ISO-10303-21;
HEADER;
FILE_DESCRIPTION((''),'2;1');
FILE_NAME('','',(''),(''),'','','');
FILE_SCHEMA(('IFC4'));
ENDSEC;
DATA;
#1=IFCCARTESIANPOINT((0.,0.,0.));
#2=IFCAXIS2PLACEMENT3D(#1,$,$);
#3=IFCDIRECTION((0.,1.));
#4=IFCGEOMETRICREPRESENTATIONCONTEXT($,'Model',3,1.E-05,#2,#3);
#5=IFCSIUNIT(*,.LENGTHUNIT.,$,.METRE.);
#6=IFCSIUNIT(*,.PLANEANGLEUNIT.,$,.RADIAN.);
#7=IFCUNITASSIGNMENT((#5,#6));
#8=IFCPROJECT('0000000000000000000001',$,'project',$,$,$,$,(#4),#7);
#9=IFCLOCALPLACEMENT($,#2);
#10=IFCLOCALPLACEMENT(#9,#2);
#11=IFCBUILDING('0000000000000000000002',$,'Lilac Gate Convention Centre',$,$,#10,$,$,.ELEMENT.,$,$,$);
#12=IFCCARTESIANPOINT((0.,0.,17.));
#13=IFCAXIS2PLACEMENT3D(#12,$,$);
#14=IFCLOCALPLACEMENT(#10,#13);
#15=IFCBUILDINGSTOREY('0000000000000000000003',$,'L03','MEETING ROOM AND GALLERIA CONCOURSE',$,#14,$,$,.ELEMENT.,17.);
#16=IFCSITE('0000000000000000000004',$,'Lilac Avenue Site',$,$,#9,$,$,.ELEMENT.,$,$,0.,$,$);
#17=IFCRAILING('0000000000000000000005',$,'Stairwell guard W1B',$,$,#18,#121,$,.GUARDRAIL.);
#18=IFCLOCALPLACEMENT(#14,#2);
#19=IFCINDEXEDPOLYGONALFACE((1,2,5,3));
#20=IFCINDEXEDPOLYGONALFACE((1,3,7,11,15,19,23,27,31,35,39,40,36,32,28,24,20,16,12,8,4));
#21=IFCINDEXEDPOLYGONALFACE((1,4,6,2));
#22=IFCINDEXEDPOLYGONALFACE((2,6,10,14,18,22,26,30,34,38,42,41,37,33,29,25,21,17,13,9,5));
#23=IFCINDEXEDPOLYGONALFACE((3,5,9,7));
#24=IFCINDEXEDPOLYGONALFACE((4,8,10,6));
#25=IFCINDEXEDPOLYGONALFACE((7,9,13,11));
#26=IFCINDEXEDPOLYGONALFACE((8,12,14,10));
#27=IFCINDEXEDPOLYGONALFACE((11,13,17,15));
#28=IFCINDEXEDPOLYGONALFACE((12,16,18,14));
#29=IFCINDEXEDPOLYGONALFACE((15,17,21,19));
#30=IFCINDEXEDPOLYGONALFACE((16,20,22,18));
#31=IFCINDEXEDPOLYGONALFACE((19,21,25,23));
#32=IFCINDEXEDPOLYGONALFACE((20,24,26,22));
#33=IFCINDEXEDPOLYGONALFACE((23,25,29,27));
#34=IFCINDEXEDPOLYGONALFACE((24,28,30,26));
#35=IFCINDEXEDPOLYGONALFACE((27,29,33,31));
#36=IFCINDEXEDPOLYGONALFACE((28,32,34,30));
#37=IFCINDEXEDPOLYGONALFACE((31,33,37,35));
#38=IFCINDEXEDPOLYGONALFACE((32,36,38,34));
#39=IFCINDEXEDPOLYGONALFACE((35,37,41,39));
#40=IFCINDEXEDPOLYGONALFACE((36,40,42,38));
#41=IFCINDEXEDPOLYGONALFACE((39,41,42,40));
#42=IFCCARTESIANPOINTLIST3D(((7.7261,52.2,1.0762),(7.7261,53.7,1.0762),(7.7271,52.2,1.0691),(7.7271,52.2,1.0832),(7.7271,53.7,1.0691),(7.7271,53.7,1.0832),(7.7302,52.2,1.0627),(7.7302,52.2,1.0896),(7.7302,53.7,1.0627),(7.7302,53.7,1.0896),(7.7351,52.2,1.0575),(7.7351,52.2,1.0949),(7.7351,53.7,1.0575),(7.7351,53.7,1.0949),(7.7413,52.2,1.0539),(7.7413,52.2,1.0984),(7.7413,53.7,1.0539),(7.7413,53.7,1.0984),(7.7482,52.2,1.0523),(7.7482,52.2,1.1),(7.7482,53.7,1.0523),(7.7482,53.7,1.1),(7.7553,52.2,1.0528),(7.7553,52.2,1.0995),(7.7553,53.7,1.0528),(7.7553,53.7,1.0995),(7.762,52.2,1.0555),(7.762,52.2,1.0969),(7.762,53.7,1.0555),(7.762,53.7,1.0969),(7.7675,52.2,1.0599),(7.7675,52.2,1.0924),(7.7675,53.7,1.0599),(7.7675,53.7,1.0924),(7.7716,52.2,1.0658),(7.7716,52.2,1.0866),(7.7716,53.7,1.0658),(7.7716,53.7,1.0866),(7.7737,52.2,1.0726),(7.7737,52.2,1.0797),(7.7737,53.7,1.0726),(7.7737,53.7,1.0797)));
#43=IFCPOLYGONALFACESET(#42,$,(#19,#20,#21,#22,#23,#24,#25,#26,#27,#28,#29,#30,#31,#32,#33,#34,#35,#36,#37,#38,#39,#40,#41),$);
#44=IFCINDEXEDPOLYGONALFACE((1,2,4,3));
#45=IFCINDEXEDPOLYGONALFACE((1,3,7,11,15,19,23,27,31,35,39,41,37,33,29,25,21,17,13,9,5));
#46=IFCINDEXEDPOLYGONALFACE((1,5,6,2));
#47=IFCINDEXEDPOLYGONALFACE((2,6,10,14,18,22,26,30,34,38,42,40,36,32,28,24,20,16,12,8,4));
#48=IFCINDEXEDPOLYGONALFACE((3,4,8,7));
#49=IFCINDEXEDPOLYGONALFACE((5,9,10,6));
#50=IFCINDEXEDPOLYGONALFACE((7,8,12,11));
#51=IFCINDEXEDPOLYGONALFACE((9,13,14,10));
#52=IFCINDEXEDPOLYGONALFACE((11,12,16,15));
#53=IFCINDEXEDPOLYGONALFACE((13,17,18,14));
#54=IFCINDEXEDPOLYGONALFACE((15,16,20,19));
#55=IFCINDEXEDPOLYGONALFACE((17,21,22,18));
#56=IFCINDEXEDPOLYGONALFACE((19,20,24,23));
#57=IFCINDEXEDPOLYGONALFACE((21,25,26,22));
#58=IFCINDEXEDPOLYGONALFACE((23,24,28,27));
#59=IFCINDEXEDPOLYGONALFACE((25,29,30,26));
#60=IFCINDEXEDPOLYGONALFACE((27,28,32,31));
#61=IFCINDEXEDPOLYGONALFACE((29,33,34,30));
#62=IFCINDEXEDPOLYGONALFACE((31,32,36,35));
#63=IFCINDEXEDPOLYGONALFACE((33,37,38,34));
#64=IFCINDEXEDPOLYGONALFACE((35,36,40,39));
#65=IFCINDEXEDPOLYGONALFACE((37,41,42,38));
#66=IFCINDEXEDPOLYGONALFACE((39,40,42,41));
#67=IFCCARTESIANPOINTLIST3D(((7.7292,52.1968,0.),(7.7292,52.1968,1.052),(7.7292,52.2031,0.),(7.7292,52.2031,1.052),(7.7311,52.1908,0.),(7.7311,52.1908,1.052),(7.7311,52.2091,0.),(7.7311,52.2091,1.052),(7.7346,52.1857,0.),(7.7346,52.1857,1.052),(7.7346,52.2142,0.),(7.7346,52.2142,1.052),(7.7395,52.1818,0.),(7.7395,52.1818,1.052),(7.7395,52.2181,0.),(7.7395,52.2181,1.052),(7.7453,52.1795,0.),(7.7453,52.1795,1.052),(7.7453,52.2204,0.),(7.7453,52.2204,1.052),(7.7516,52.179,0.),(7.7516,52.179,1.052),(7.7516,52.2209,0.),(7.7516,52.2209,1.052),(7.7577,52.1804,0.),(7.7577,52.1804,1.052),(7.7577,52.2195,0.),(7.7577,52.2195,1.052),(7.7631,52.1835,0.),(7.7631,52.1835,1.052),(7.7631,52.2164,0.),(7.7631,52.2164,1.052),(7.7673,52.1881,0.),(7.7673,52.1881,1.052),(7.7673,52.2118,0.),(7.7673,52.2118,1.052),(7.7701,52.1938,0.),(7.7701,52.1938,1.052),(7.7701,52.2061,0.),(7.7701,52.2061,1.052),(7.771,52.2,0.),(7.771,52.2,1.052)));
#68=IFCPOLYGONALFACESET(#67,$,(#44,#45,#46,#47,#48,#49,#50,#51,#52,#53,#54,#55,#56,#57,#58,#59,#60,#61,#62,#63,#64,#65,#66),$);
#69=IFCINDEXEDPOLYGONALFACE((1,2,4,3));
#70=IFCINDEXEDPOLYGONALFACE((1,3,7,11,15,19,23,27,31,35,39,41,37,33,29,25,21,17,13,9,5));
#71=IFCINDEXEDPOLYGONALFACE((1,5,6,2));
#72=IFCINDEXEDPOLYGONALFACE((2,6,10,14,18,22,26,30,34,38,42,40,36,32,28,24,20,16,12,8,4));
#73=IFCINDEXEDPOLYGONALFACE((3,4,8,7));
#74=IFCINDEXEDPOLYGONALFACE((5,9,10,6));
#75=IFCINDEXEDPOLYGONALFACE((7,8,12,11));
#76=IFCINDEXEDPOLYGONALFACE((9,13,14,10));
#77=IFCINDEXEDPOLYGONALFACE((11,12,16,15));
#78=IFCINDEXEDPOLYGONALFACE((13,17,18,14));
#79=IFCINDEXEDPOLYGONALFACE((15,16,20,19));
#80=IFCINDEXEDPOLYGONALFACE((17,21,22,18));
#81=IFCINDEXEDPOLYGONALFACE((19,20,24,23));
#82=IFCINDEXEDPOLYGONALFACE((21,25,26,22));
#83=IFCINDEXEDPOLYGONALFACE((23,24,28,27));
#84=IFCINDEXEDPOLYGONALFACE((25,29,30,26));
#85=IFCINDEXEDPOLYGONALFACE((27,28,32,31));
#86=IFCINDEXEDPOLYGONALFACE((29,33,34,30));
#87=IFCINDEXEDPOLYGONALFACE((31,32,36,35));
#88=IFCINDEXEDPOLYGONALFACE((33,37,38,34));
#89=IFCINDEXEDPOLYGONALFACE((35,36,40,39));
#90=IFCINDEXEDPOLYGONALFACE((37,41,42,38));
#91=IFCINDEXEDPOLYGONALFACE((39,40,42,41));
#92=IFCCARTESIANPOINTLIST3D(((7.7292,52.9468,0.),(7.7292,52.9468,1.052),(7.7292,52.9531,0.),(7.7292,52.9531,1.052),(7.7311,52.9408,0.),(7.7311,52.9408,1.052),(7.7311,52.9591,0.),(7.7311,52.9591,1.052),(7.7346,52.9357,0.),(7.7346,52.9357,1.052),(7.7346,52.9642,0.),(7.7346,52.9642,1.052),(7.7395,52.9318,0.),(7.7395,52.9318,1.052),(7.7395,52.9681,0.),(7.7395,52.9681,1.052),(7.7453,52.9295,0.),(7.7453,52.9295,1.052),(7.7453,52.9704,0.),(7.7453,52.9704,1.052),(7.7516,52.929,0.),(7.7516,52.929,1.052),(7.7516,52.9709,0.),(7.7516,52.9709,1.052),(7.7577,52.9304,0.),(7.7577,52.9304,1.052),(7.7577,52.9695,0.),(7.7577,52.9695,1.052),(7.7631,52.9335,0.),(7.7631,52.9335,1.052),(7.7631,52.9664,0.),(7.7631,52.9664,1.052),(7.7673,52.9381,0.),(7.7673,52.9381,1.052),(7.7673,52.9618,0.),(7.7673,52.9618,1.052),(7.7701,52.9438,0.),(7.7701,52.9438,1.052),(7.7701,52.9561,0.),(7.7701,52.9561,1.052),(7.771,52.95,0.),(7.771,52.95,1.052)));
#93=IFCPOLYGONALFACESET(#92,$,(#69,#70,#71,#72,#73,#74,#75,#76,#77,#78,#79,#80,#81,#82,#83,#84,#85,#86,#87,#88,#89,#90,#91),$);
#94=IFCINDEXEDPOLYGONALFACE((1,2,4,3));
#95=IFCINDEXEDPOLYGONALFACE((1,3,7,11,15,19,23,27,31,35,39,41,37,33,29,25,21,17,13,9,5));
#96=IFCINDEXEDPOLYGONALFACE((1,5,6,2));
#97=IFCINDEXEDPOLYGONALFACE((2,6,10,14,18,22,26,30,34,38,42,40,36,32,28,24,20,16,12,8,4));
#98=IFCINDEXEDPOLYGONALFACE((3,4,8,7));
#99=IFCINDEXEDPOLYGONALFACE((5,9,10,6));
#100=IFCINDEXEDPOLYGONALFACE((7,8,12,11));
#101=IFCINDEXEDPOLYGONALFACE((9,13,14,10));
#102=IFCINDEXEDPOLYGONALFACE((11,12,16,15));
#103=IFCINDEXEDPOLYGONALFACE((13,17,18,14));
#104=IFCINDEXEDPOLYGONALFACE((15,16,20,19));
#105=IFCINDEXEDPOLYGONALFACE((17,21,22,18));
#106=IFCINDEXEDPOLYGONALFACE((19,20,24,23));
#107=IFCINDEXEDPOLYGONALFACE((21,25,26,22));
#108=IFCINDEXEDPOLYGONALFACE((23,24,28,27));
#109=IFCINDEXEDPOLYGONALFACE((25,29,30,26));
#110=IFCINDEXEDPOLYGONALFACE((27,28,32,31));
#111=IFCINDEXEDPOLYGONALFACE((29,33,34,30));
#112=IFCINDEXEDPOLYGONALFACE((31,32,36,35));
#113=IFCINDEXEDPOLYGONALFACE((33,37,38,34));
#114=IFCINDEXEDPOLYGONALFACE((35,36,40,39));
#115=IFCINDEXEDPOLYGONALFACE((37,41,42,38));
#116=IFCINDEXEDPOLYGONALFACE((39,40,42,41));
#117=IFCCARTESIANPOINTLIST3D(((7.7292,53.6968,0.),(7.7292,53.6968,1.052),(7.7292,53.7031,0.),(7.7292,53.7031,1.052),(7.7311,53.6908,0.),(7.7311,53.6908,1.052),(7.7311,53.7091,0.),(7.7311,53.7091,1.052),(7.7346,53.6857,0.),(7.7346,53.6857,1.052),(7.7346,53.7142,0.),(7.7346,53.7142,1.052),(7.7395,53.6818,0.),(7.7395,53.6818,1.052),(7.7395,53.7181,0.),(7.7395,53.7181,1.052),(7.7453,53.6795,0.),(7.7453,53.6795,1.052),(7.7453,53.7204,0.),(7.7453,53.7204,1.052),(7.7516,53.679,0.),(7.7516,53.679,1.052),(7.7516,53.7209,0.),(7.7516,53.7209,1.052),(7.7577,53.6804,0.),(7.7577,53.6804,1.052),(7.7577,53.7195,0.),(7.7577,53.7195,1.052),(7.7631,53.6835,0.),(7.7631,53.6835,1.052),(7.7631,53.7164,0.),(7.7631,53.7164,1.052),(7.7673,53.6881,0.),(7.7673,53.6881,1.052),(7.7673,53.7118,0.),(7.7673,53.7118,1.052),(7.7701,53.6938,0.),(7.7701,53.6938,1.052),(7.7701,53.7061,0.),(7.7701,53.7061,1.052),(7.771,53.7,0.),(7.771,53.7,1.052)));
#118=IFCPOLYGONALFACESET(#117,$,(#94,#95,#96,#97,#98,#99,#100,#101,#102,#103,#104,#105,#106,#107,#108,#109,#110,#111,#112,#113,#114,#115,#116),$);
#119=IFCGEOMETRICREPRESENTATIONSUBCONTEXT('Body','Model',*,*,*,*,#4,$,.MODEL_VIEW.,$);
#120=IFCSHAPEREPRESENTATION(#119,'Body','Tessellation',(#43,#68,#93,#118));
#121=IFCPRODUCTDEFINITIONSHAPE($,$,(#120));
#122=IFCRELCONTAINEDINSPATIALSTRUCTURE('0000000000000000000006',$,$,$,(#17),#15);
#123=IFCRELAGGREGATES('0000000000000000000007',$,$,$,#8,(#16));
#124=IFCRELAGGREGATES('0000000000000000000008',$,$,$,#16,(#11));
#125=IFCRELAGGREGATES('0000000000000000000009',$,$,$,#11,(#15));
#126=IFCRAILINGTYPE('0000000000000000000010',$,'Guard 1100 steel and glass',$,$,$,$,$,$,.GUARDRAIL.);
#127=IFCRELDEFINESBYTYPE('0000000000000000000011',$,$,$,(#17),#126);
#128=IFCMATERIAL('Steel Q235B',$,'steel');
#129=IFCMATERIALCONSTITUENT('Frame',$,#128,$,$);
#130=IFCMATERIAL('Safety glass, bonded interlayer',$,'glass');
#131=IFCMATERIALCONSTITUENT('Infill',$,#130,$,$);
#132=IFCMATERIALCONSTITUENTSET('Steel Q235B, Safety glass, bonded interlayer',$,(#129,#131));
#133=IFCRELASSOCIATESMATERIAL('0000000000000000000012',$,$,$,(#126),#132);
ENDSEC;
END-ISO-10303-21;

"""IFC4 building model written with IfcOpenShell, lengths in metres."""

from ifc_helpers import new_model, si_unit, direction, frame, origin, origin_2d, place, context, subcontext, project, spatial, circle, extrude, material, constituent, constituent_set, type_object, element, save


model = new_model("IFC4")

# Units and contexts
model_context = context("Model", 3, precision=1e-05, world=origin(), true_north=direction((0.0, 1.0)))
body_context = subcontext(model_context, "Body", "Model", "MODEL_VIEW")
ifc_project = project(units=[si_unit("LENGTHUNIT", "METRE"), si_unit("PLANEANGLEUNIT", "RADIAN")], contexts=[model_context])

# Site, building, storey
site_placement = place(None, origin())
site = spatial("IfcSite", under=ifc_project, at=site_placement, Name="Lilac Avenue Site", CompositionType="ELEMENT", RefElevation=0.0)
building_placement = place(site_placement, origin())
building = spatial("IfcBuilding", under=site, at=building_placement, Name="Lilac Gate Convention Centre", CompositionType="ELEMENT")
storey_placement = place(building_placement, frame((0.0, 0.0, 17.0)))
storey = spatial("IfcBuildingStorey", under=building, at=storey_placement, Name="L03", Description="MEETING ROOM AND GALLERIA CONCOURSE", CompositionType="ELEMENT", Elevation=17.0)

# Railing
ifc_material_1 = material(Name="Steel Q235B", Category="steel")
ifc_constituent_1 = constituent(ifc_material_1, Name="Frame")
ifc_material_2 = material(Name="Safety glass, bonded interlayer", Category="glass")
ifc_constituent_2 = constituent(ifc_material_2, Name="Infill")
ifc_constituent_set = constituent_set(constituents=[ifc_constituent_1, ifc_constituent_2], Name="Steel Q235B, Safety glass, bonded interlayer")
railing_type = type_object("IfcRailingType", Name="Guard 1100 steel and glass", PredefinedType="GUARDRAIL", material=ifc_constituent_set)
for number, where, name in (
    (1, (7.75, 52.2, 0.0), "Stairwell guard W1B"),
):
    element("IfcRailing", number, at=place(storey_placement, frame(where)), inside=storey, type_object=railing_type, Name=name, PredefinedType="GUARDRAIL", context=body_context, shape_type="SweptSolid", body=[
        extrude(circle(Radius=0.0239, at=origin_2d()), frame((0.0, 0.0, 1.0762), z_axis=(0.0, 1.0, 0.0), x_axis=(-1.0, 0.0, 0.0)), (0.0, 0.0, 1.0), 1.5),
        extrude(circle(Radius=0.021, at=origin_2d()), origin(), (0.0, 0.0, 1.0), 1.052),
        extrude(circle(Radius=0.021, at=origin_2d()), frame((0.0, 0.75, 0.0)), (0.0, 0.0, 1.0), 1.052),
        extrude(circle(Radius=0.021, at=origin_2d()), frame((0.0, 1.5, 0.0)), (0.0, 0.0, 1.0), 1.052),
    ])

save(model, "model.ifc")
